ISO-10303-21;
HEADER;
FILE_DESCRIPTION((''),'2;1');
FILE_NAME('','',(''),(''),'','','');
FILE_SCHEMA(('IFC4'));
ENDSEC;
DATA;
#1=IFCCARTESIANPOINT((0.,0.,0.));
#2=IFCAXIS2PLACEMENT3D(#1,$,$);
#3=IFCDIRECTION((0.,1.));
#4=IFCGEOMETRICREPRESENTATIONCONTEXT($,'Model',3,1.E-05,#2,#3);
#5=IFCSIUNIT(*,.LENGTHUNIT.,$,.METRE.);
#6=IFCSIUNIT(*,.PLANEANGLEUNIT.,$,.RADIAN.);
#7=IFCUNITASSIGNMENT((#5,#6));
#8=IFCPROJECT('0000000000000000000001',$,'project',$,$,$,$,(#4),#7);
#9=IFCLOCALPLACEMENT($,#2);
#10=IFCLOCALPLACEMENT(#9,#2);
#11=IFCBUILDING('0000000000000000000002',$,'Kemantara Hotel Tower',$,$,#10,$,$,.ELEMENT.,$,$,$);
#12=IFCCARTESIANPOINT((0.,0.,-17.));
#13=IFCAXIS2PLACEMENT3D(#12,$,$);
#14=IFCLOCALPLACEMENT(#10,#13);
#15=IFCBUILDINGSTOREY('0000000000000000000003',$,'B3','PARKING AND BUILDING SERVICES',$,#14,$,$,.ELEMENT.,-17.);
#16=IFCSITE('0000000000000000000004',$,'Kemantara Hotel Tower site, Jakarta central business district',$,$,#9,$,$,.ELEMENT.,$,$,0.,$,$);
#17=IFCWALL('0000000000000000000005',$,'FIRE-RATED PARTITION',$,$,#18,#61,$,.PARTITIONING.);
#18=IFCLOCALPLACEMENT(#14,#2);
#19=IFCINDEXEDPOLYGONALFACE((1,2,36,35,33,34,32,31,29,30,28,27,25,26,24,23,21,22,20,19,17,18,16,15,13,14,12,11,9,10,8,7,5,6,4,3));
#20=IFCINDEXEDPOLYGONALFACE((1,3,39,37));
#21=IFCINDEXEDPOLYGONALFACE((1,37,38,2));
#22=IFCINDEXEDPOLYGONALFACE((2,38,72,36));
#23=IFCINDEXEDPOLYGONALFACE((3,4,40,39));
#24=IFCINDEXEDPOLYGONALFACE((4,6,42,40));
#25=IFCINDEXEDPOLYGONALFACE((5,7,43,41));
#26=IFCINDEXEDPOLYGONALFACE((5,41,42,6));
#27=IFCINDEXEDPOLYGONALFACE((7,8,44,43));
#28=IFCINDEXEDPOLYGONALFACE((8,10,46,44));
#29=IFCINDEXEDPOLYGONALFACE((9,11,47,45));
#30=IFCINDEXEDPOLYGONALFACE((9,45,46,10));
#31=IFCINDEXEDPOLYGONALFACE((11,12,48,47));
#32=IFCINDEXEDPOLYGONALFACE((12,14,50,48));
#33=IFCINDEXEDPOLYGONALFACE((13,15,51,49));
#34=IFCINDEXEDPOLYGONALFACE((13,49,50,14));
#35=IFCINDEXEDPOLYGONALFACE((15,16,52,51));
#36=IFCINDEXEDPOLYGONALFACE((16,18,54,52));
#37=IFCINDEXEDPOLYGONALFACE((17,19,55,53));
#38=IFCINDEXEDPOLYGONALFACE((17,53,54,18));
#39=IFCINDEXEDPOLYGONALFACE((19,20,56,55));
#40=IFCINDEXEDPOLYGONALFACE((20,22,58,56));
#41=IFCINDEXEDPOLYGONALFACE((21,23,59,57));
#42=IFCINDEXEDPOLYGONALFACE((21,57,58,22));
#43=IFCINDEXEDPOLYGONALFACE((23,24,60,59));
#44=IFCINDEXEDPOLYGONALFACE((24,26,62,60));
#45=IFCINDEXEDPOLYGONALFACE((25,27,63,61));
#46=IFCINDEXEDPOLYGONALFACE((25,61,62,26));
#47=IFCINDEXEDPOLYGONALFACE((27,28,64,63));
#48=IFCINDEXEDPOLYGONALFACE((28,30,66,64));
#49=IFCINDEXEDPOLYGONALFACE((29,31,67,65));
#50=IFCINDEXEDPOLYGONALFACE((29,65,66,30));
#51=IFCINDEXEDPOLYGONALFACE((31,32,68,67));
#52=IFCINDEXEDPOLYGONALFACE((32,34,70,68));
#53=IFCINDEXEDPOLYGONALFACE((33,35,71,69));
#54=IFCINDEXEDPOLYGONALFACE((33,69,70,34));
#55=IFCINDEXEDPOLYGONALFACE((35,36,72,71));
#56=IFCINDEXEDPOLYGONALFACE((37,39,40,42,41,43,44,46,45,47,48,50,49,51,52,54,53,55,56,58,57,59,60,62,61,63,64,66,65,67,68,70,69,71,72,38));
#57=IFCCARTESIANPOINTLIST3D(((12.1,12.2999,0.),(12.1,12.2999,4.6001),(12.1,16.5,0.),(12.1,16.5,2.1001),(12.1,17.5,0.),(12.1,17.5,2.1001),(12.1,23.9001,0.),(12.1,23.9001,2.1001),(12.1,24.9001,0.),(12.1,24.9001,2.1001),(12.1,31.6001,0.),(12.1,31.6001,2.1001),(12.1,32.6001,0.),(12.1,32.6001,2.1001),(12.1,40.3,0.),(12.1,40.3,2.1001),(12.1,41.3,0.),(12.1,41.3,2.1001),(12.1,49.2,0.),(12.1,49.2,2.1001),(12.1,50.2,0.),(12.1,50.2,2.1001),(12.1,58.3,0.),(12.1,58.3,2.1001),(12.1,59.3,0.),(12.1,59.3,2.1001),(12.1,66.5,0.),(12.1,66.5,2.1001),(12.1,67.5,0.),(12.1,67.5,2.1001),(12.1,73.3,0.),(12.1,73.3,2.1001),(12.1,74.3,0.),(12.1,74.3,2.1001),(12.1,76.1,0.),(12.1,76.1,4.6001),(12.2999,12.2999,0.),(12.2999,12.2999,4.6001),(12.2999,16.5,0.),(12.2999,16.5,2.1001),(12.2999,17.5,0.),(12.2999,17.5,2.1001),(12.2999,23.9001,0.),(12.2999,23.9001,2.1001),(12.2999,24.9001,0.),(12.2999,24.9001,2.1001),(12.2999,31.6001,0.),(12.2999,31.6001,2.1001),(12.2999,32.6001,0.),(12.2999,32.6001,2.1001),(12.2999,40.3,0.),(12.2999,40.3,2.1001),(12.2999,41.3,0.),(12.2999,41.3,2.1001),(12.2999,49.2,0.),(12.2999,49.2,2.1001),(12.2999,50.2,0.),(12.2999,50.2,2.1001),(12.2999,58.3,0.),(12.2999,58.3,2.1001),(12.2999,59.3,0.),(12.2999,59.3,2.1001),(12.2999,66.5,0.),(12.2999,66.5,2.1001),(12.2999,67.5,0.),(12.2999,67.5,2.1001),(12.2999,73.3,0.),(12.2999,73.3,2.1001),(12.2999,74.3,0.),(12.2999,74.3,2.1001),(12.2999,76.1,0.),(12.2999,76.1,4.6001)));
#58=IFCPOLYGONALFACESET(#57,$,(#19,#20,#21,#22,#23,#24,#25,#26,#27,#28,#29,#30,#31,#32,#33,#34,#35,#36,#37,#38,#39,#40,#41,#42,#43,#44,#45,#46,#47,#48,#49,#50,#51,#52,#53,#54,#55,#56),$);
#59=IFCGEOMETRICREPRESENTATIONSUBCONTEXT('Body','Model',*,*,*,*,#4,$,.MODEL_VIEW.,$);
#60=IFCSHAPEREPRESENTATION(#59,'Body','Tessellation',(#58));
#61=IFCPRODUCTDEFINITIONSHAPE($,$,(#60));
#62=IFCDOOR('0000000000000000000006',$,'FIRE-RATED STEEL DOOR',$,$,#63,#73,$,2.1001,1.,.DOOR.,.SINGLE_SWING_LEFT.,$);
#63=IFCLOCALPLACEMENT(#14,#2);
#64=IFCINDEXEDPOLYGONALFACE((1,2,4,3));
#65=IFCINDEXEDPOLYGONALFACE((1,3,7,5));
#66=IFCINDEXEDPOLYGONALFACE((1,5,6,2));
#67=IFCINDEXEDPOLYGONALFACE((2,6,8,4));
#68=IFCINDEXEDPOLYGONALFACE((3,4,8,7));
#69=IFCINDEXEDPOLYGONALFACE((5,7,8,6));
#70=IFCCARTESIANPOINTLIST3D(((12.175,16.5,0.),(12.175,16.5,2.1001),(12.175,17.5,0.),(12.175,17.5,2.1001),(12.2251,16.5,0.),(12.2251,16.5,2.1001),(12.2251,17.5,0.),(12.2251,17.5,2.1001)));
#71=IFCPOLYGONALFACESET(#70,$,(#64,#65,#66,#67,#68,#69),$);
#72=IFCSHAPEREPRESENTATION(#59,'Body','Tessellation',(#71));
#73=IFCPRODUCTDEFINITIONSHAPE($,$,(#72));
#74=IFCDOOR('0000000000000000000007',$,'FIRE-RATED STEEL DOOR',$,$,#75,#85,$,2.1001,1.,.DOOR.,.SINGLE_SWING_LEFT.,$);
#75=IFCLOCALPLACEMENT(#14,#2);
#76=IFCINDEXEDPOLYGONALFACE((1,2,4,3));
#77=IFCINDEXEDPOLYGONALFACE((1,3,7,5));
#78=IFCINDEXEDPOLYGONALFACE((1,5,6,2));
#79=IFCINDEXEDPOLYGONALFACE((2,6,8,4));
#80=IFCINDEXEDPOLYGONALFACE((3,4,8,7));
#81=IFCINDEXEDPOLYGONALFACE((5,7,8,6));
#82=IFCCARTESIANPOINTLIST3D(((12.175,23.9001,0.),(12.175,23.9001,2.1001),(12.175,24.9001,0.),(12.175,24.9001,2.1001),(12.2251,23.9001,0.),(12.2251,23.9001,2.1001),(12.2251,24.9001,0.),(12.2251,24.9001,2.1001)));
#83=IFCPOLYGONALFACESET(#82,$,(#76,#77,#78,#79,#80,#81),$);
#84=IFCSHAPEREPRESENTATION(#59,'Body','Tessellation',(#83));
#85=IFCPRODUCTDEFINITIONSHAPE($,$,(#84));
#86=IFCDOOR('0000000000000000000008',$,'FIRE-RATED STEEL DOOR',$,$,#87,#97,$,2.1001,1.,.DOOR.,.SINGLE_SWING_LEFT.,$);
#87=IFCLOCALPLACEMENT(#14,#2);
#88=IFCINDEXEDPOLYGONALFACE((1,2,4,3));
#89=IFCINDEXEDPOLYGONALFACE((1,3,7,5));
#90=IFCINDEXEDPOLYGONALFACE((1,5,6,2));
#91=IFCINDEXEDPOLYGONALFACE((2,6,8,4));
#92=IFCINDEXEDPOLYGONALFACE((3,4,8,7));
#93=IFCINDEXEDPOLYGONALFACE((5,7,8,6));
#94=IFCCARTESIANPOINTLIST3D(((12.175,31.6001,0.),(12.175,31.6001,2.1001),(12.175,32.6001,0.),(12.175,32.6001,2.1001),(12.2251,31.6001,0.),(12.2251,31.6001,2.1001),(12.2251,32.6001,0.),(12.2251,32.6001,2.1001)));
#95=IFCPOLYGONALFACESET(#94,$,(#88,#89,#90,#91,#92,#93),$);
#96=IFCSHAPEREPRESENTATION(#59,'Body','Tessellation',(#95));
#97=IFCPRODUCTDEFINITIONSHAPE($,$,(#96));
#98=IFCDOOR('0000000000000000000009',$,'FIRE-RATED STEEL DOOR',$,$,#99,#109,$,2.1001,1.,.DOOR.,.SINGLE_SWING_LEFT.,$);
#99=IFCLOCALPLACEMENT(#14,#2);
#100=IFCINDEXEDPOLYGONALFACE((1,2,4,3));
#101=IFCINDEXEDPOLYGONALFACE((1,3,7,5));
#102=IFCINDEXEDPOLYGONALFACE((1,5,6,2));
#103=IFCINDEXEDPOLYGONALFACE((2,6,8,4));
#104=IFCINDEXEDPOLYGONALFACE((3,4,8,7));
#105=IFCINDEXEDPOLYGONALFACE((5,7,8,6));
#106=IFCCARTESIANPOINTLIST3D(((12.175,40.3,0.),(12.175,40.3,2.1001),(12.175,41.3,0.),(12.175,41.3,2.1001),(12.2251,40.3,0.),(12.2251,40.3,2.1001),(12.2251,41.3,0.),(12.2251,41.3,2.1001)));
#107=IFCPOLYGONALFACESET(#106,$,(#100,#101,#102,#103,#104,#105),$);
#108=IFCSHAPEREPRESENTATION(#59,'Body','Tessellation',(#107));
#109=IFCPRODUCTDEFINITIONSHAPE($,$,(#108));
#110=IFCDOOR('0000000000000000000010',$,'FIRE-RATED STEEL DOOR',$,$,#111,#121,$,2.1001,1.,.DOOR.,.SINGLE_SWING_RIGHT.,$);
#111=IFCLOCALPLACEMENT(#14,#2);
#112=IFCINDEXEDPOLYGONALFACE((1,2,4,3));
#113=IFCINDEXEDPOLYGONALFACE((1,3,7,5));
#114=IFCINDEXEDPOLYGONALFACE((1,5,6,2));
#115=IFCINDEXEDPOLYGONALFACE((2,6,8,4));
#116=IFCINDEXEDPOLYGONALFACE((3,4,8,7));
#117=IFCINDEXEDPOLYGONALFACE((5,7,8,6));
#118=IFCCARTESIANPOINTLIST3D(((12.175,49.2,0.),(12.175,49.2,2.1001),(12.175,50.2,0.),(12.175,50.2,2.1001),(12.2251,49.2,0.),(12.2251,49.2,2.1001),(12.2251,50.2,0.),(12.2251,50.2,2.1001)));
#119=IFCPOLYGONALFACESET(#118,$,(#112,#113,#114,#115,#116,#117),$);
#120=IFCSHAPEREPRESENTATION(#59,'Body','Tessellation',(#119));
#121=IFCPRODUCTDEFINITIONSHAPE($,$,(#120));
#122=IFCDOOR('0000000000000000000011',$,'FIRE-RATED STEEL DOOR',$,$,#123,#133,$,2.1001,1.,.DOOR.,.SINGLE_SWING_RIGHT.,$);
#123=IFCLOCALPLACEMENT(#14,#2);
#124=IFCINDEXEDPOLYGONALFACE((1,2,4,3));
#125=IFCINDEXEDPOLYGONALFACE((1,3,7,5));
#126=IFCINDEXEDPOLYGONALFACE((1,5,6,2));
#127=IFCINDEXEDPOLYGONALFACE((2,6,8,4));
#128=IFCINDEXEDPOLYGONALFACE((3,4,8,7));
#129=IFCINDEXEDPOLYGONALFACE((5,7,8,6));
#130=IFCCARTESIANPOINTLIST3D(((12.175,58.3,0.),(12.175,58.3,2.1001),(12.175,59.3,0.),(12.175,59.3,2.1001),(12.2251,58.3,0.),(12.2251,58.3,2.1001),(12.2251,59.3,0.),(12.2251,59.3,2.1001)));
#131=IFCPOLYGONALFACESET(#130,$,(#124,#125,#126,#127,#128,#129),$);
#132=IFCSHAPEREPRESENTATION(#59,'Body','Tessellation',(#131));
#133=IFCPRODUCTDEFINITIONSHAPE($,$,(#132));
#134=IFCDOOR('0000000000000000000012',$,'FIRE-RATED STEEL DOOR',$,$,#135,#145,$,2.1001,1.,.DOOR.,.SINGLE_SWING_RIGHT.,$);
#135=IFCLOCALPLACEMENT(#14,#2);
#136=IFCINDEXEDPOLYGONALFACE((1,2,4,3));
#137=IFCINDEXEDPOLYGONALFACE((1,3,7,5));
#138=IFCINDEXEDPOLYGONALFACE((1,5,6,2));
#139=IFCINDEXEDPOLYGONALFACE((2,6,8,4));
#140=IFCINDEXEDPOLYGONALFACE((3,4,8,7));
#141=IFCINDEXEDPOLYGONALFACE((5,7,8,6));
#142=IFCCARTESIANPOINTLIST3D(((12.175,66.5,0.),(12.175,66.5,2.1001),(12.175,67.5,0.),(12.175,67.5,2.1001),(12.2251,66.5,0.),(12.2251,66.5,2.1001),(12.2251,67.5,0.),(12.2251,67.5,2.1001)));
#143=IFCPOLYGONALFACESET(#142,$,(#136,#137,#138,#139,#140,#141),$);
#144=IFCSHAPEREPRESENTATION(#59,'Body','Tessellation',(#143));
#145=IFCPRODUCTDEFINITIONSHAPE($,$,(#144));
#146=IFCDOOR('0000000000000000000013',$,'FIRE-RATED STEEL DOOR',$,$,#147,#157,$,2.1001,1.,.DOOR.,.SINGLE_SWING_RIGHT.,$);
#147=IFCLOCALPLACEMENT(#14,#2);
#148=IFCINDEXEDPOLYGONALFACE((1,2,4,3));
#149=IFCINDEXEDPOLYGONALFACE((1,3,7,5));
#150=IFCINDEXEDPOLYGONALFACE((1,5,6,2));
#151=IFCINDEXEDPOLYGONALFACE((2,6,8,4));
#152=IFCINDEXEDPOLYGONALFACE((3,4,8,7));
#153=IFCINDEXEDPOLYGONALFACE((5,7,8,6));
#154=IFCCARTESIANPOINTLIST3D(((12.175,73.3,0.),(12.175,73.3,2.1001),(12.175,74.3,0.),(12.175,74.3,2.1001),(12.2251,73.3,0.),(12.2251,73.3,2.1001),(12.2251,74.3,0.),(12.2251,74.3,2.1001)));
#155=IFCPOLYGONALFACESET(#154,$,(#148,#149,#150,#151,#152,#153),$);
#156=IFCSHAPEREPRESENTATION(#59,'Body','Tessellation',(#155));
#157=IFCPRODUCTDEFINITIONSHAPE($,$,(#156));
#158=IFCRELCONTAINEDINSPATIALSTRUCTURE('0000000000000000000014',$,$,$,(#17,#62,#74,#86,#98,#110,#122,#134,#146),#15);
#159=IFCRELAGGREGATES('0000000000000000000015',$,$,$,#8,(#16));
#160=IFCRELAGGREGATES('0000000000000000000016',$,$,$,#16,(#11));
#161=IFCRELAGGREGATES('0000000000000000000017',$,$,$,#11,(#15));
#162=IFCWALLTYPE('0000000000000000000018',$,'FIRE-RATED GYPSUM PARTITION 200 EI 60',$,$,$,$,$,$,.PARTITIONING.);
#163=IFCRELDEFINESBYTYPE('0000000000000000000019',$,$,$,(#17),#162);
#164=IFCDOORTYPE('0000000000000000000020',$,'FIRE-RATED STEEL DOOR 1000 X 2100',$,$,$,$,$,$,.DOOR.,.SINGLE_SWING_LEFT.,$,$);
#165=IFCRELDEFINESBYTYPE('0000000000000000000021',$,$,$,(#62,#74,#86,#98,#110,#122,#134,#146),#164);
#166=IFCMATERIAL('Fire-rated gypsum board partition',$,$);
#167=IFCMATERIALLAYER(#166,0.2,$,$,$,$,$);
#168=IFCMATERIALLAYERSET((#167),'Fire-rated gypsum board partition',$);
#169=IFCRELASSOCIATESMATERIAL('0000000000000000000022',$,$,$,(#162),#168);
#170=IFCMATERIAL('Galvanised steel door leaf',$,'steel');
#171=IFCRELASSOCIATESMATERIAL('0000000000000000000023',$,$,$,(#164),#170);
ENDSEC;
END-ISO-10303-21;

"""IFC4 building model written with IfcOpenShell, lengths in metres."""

from ifc_helpers import new_model, si_unit, direction, frame, frame_2d, origin, place, context, subcontext, project, spatial, rectangle, extrude, material, layer, layer_set, type_object, element, fill, save


model = new_model("IFC4")

# Units and contexts
model_context = context("Model", 3, precision=1e-05, world=origin(), true_north=direction((0.0, 1.0)))
body_context = subcontext(model_context, "Body", "Model", "MODEL_VIEW")
ifc_project = project(units=[si_unit("LENGTHUNIT", "METRE"), si_unit("PLANEANGLEUNIT", "RADIAN")], contexts=[model_context])

# Site, building, storey
site_placement = place(None, origin())
site = spatial("IfcSite", under=ifc_project, at=site_placement, Name="Kemantara Hotel Tower site, Jakarta central business district", CompositionType="ELEMENT", RefElevation=0.0)
building_placement = place(site_placement, origin())
building = spatial("IfcBuilding", under=site, at=building_placement, Name="Kemantara Hotel Tower", CompositionType="ELEMENT")
storey_placement = place(building_placement, frame((0.0, 0.0, -17.0)))
storey = spatial("IfcBuildingStorey", under=building, at=storey_placement, Name="B3", Description="PARKING AND BUILDING SERVICES", CompositionType="ELEMENT", Elevation=-17.0)

# Wall, openings, doors
ifc_material_1 = material(Name="Fire-rated gypsum board partition")
ifc_layer = layer(ifc_material_1, 0.2)
ifc_layer_set = layer_set([ifc_layer], Name="Fire-rated gypsum board partition")
wall_type = type_object("IfcWallType", Name="FIRE-RATED GYPSUM PARTITION 200 EI 60", PredefinedType="PARTITIONING", material=ifc_layer_set)
ifc_material_2 = material(Name="Galvanised steel door leaf", Category="steel")
wall_1_placement = place(storey_placement, frame((12.2, 12.3, 0.0), z_axis=(0.0, 0.0, 1.0), x_axis=(0.0, 1.0, 0.0)))
wall_1 = element("IfcWall", 1, at=wall_1_placement, inside=storey, type_object=wall_type, Name="FIRE-RATED PARTITION", PredefinedType="PARTITIONING", context=body_context, shape_type="SweptSolid", body=[
    extrude(rectangle(XDim=63.8, YDim=0.2, at=frame_2d((31.8999, 0.0))), origin(), (0.0, 0.0, 1.0), 4.6001),
])
opening_1_placement = place(wall_1_placement, frame((4.2, 0.0, 0.0)))
opening_1 = element("IfcOpeningElement", 2, at=opening_1_placement, cuts=wall_1, PredefinedType="OPENING", context=body_context, shape_type="SweptSolid", body=[
    extrude(rectangle(XDim=1.0, YDim=2.1001, at=frame_2d((0.5, 1.05))), frame((0.0, 0.1099, 0.0), z_axis=(0.0, -1.0, 0.0), x_axis=(1.0, 0.0, 0.0)), (0.0, 0.0, 1.0), 0.22),
])
opening_2_placement = place(wall_1_placement, frame((11.6001, 0.0, 0.0)))
opening_2 = element("IfcOpeningElement", 3, at=opening_2_placement, cuts=wall_1, PredefinedType="OPENING", context=body_context, shape_type="SweptSolid", body=[
    extrude(rectangle(XDim=1.0, YDim=2.1001, at=frame_2d((0.5, 1.05))), frame((0.0, 0.1099, 0.0), z_axis=(0.0, -1.0, 0.0), x_axis=(1.0, 0.0, 0.0)), (0.0, 0.0, 1.0), 0.22),
])
opening_3_placement = place(wall_1_placement, frame((19.3, 0.0, 0.0)))
opening_3 = element("IfcOpeningElement", 4, at=opening_3_placement, cuts=wall_1, PredefinedType="OPENING", context=body_context, shape_type="SweptSolid", body=[
    extrude(rectangle(XDim=1.0, YDim=2.1001, at=frame_2d((0.5, 1.05))), frame((0.0, 0.1099, 0.0), z_axis=(0.0, -1.0, 0.0), x_axis=(1.0, 0.0, 0.0)), (0.0, 0.0, 1.0), 0.22),
])
opening_4_placement = place(wall_1_placement, frame((28.0, 0.0, 0.0)))
opening_4 = element("IfcOpeningElement", 5, at=opening_4_placement, cuts=wall_1, PredefinedType="OPENING", context=body_context, shape_type="SweptSolid", body=[
    extrude(rectangle(XDim=1.0, YDim=2.1001, at=frame_2d((0.5, 1.05))), frame((0.0, 0.1099, 0.0), z_axis=(0.0, -1.0, 0.0), x_axis=(1.0, 0.0, 0.0)), (0.0, 0.0, 1.0), 0.22),
])
opening_5_placement = place(wall_1_placement, frame((36.8999, 0.0, 0.0)))
opening_5 = element("IfcOpeningElement", 6, at=opening_5_placement, cuts=wall_1, PredefinedType="OPENING", context=body_context, shape_type="SweptSolid", body=[
    extrude(rectangle(XDim=1.0, YDim=2.1001, at=frame_2d((0.5, 1.05))), frame((0.0, 0.1099, 0.0), z_axis=(0.0, -1.0, 0.0), x_axis=(1.0, 0.0, 0.0)), (0.0, 0.0, 1.0), 0.22),
])
opening_6_placement = place(wall_1_placement, frame((46.0, 0.0, 0.0)))
opening_6 = element("IfcOpeningElement", 7, at=opening_6_placement, cuts=wall_1, PredefinedType="OPENING", context=body_context, shape_type="SweptSolid", body=[
    extrude(rectangle(XDim=1.0, YDim=2.1001, at=frame_2d((0.5, 1.05))), frame((0.0, 0.1099, 0.0), z_axis=(0.0, -1.0, 0.0), x_axis=(1.0, 0.0, 0.0)), (0.0, 0.0, 1.0), 0.22),
])
opening_7_placement = place(wall_1_placement, frame((54.2, 0.0, 0.0)))
opening_7 = element("IfcOpeningElement", 8, at=opening_7_placement, cuts=wall_1, PredefinedType="OPENING", context=body_context, shape_type="SweptSolid", body=[
    extrude(rectangle(XDim=1.0, YDim=2.1001, at=frame_2d((0.5, 1.05))), frame((0.0, 0.1099, 0.0), z_axis=(0.0, -1.0, 0.0), x_axis=(1.0, 0.0, 0.0)), (0.0, 0.0, 1.0), 0.22),
])
opening_8_placement = place(wall_1_placement, frame((61.0, 0.0, 0.0)))
opening_8 = element("IfcOpeningElement", 9, at=opening_8_placement, cuts=wall_1, PredefinedType="OPENING", context=body_context, shape_type="SweptSolid", body=[
    extrude(rectangle(XDim=1.0, YDim=2.1001, at=frame_2d((0.5, 1.05))), frame((0.0, 0.1099, 0.0), z_axis=(0.0, -1.0, 0.0), x_axis=(1.0, 0.0, 0.0)), (0.0, 0.0, 1.0), 0.22),
])
door_type_1 = type_object("IfcDoorType", Name="FIRE-RATED STEEL DOOR 1000 X 2100", OperationType="SINGLE_SWING_LEFT", PredefinedType="DOOR", material=ifc_material_2)
door_1_placement = place(opening_1_placement, origin())
door_1 = element("IfcDoor", 10, at=door_1_placement, inside=storey, type_object=door_type_1, Name="FIRE-RATED STEEL DOOR", OperationType="SINGLE_SWING_LEFT", OverallHeight=2.1001, OverallWidth=1.0, PredefinedType="DOOR", context=body_context, shape_type="SweptSolid", body=[
    extrude(rectangle(XDim=1.0, YDim=2.1001, at=frame_2d((0.5, 1.05))), frame((0.0, 0.0249, 0.0), z_axis=(0.0, -1.0, 0.0), x_axis=(1.0, 0.0, 0.0)), (0.0, 0.0, 1.0), 0.05),
])
fill(opening_1, door_1)
door_2_placement = place(opening_2_placement, origin())
door_2 = element("IfcDoor", 11, at=door_2_placement, inside=storey, type_object=door_type_1, Name="FIRE-RATED STEEL DOOR", OperationType="SINGLE_SWING_LEFT", OverallHeight=2.1001, OverallWidth=1.0, PredefinedType="DOOR", context=body_context, shape_type="SweptSolid", body=[
    extrude(rectangle(XDim=1.0, YDim=2.1001, at=frame_2d((0.5, 1.05))), frame((0.0, 0.0249, 0.0), z_axis=(0.0, -1.0, 0.0), x_axis=(1.0, 0.0, 0.0)), (0.0, 0.0, 1.0), 0.05),
])
fill(opening_2, door_2)
door_3_placement = place(opening_3_placement, origin())
door_3 = element("IfcDoor", 12, at=door_3_placement, inside=storey, type_object=door_type_1, Name="FIRE-RATED STEEL DOOR", OperationType="SINGLE_SWING_LEFT", OverallHeight=2.1001, OverallWidth=1.0, PredefinedType="DOOR", context=body_context, shape_type="SweptSolid", body=[
    extrude(rectangle(XDim=1.0, YDim=2.1001, at=frame_2d((0.5, 1.05))), frame((0.0, 0.0249, 0.0), z_axis=(0.0, -1.0, 0.0), x_axis=(1.0, 0.0, 0.0)), (0.0, 0.0, 1.0), 0.05),
])
fill(opening_3, door_3)
door_4_placement = place(opening_4_placement, origin())
door_4 = element("IfcDoor", 13, at=door_4_placement, inside=storey, type_object=door_type_1, Name="FIRE-RATED STEEL DOOR", OperationType="SINGLE_SWING_LEFT", OverallHeight=2.1001, OverallWidth=1.0, PredefinedType="DOOR", context=body_context, shape_type="SweptSolid", body=[
    extrude(rectangle(XDim=1.0, YDim=2.1001, at=frame_2d((0.5, 1.05))), frame((0.0, 0.0249, 0.0), z_axis=(0.0, -1.0, 0.0), x_axis=(1.0, 0.0, 0.0)), (0.0, 0.0, 1.0), 0.05),
])
fill(opening_4, door_4)
door_5_placement = place(opening_5_placement, origin())
door_5 = element("IfcDoor", 14, at=door_5_placement, inside=storey, type_object=door_type_1, Name="FIRE-RATED STEEL DOOR", OperationType="SINGLE_SWING_RIGHT", OverallHeight=2.1001, OverallWidth=1.0, PredefinedType="DOOR", context=body_context, shape_type="SweptSolid", body=[
    extrude(rectangle(XDim=1.0, YDim=2.1001, at=frame_2d((0.5, 1.05))), frame((0.0, 0.0249, 0.0), z_axis=(0.0, -1.0, 0.0), x_axis=(1.0, 0.0, 0.0)), (0.0, 0.0, 1.0), 0.05),
])
fill(opening_5, door_5)
door_6_placement = place(opening_6_placement, origin())
door_6 = element("IfcDoor", 15, at=door_6_placement, inside=storey, type_object=door_type_1, Name="FIRE-RATED STEEL DOOR", OperationType="SINGLE_SWING_RIGHT", OverallHeight=2.1001, OverallWidth=1.0, PredefinedType="DOOR", context=body_context, shape_type="SweptSolid", body=[
    extrude(rectangle(XDim=1.0, YDim=2.1001, at=frame_2d((0.5, 1.05))), frame((0.0, 0.0249, 0.0), z_axis=(0.0, -1.0, 0.0), x_axis=(1.0, 0.0, 0.0)), (0.0, 0.0, 1.0), 0.05),
])
fill(opening_6, door_6)
door_7_placement = place(opening_7_placement, origin())
door_7 = element("IfcDoor", 16, at=door_7_placement, inside=storey, type_object=door_type_1, Name="FIRE-RATED STEEL DOOR", OperationType="SINGLE_SWING_RIGHT", OverallHeight=2.1001, OverallWidth=1.0, PredefinedType="DOOR", context=body_context, shape_type="SweptSolid", body=[
    extrude(rectangle(XDim=1.0, YDim=2.1001, at=frame_2d((0.5, 1.05))), frame((0.0, 0.0249, 0.0), z_axis=(0.0, -1.0, 0.0), x_axis=(1.0, 0.0, 0.0)), (0.0, 0.0, 1.0), 0.05),
])
fill(opening_7, door_7)
door_8_placement = place(opening_8_placement, origin())
door_8 = element("IfcDoor", 17, at=door_8_placement, inside=storey, type_object=door_type_1, Name="FIRE-RATED STEEL DOOR", OperationType="SINGLE_SWING_RIGHT", OverallHeight=2.1001, OverallWidth=1.0, PredefinedType="DOOR", context=body_context, shape_type="SweptSolid", body=[
    extrude(rectangle(XDim=1.0, YDim=2.1001, at=frame_2d((0.5, 1.05))), frame((0.0, 0.0249, 0.0), z_axis=(0.0, -1.0, 0.0), x_axis=(1.0, 0.0, 0.0)), (0.0, 0.0, 1.0), 0.05),
])
fill(opening_8, door_8)

save(model, "model.ifc")
